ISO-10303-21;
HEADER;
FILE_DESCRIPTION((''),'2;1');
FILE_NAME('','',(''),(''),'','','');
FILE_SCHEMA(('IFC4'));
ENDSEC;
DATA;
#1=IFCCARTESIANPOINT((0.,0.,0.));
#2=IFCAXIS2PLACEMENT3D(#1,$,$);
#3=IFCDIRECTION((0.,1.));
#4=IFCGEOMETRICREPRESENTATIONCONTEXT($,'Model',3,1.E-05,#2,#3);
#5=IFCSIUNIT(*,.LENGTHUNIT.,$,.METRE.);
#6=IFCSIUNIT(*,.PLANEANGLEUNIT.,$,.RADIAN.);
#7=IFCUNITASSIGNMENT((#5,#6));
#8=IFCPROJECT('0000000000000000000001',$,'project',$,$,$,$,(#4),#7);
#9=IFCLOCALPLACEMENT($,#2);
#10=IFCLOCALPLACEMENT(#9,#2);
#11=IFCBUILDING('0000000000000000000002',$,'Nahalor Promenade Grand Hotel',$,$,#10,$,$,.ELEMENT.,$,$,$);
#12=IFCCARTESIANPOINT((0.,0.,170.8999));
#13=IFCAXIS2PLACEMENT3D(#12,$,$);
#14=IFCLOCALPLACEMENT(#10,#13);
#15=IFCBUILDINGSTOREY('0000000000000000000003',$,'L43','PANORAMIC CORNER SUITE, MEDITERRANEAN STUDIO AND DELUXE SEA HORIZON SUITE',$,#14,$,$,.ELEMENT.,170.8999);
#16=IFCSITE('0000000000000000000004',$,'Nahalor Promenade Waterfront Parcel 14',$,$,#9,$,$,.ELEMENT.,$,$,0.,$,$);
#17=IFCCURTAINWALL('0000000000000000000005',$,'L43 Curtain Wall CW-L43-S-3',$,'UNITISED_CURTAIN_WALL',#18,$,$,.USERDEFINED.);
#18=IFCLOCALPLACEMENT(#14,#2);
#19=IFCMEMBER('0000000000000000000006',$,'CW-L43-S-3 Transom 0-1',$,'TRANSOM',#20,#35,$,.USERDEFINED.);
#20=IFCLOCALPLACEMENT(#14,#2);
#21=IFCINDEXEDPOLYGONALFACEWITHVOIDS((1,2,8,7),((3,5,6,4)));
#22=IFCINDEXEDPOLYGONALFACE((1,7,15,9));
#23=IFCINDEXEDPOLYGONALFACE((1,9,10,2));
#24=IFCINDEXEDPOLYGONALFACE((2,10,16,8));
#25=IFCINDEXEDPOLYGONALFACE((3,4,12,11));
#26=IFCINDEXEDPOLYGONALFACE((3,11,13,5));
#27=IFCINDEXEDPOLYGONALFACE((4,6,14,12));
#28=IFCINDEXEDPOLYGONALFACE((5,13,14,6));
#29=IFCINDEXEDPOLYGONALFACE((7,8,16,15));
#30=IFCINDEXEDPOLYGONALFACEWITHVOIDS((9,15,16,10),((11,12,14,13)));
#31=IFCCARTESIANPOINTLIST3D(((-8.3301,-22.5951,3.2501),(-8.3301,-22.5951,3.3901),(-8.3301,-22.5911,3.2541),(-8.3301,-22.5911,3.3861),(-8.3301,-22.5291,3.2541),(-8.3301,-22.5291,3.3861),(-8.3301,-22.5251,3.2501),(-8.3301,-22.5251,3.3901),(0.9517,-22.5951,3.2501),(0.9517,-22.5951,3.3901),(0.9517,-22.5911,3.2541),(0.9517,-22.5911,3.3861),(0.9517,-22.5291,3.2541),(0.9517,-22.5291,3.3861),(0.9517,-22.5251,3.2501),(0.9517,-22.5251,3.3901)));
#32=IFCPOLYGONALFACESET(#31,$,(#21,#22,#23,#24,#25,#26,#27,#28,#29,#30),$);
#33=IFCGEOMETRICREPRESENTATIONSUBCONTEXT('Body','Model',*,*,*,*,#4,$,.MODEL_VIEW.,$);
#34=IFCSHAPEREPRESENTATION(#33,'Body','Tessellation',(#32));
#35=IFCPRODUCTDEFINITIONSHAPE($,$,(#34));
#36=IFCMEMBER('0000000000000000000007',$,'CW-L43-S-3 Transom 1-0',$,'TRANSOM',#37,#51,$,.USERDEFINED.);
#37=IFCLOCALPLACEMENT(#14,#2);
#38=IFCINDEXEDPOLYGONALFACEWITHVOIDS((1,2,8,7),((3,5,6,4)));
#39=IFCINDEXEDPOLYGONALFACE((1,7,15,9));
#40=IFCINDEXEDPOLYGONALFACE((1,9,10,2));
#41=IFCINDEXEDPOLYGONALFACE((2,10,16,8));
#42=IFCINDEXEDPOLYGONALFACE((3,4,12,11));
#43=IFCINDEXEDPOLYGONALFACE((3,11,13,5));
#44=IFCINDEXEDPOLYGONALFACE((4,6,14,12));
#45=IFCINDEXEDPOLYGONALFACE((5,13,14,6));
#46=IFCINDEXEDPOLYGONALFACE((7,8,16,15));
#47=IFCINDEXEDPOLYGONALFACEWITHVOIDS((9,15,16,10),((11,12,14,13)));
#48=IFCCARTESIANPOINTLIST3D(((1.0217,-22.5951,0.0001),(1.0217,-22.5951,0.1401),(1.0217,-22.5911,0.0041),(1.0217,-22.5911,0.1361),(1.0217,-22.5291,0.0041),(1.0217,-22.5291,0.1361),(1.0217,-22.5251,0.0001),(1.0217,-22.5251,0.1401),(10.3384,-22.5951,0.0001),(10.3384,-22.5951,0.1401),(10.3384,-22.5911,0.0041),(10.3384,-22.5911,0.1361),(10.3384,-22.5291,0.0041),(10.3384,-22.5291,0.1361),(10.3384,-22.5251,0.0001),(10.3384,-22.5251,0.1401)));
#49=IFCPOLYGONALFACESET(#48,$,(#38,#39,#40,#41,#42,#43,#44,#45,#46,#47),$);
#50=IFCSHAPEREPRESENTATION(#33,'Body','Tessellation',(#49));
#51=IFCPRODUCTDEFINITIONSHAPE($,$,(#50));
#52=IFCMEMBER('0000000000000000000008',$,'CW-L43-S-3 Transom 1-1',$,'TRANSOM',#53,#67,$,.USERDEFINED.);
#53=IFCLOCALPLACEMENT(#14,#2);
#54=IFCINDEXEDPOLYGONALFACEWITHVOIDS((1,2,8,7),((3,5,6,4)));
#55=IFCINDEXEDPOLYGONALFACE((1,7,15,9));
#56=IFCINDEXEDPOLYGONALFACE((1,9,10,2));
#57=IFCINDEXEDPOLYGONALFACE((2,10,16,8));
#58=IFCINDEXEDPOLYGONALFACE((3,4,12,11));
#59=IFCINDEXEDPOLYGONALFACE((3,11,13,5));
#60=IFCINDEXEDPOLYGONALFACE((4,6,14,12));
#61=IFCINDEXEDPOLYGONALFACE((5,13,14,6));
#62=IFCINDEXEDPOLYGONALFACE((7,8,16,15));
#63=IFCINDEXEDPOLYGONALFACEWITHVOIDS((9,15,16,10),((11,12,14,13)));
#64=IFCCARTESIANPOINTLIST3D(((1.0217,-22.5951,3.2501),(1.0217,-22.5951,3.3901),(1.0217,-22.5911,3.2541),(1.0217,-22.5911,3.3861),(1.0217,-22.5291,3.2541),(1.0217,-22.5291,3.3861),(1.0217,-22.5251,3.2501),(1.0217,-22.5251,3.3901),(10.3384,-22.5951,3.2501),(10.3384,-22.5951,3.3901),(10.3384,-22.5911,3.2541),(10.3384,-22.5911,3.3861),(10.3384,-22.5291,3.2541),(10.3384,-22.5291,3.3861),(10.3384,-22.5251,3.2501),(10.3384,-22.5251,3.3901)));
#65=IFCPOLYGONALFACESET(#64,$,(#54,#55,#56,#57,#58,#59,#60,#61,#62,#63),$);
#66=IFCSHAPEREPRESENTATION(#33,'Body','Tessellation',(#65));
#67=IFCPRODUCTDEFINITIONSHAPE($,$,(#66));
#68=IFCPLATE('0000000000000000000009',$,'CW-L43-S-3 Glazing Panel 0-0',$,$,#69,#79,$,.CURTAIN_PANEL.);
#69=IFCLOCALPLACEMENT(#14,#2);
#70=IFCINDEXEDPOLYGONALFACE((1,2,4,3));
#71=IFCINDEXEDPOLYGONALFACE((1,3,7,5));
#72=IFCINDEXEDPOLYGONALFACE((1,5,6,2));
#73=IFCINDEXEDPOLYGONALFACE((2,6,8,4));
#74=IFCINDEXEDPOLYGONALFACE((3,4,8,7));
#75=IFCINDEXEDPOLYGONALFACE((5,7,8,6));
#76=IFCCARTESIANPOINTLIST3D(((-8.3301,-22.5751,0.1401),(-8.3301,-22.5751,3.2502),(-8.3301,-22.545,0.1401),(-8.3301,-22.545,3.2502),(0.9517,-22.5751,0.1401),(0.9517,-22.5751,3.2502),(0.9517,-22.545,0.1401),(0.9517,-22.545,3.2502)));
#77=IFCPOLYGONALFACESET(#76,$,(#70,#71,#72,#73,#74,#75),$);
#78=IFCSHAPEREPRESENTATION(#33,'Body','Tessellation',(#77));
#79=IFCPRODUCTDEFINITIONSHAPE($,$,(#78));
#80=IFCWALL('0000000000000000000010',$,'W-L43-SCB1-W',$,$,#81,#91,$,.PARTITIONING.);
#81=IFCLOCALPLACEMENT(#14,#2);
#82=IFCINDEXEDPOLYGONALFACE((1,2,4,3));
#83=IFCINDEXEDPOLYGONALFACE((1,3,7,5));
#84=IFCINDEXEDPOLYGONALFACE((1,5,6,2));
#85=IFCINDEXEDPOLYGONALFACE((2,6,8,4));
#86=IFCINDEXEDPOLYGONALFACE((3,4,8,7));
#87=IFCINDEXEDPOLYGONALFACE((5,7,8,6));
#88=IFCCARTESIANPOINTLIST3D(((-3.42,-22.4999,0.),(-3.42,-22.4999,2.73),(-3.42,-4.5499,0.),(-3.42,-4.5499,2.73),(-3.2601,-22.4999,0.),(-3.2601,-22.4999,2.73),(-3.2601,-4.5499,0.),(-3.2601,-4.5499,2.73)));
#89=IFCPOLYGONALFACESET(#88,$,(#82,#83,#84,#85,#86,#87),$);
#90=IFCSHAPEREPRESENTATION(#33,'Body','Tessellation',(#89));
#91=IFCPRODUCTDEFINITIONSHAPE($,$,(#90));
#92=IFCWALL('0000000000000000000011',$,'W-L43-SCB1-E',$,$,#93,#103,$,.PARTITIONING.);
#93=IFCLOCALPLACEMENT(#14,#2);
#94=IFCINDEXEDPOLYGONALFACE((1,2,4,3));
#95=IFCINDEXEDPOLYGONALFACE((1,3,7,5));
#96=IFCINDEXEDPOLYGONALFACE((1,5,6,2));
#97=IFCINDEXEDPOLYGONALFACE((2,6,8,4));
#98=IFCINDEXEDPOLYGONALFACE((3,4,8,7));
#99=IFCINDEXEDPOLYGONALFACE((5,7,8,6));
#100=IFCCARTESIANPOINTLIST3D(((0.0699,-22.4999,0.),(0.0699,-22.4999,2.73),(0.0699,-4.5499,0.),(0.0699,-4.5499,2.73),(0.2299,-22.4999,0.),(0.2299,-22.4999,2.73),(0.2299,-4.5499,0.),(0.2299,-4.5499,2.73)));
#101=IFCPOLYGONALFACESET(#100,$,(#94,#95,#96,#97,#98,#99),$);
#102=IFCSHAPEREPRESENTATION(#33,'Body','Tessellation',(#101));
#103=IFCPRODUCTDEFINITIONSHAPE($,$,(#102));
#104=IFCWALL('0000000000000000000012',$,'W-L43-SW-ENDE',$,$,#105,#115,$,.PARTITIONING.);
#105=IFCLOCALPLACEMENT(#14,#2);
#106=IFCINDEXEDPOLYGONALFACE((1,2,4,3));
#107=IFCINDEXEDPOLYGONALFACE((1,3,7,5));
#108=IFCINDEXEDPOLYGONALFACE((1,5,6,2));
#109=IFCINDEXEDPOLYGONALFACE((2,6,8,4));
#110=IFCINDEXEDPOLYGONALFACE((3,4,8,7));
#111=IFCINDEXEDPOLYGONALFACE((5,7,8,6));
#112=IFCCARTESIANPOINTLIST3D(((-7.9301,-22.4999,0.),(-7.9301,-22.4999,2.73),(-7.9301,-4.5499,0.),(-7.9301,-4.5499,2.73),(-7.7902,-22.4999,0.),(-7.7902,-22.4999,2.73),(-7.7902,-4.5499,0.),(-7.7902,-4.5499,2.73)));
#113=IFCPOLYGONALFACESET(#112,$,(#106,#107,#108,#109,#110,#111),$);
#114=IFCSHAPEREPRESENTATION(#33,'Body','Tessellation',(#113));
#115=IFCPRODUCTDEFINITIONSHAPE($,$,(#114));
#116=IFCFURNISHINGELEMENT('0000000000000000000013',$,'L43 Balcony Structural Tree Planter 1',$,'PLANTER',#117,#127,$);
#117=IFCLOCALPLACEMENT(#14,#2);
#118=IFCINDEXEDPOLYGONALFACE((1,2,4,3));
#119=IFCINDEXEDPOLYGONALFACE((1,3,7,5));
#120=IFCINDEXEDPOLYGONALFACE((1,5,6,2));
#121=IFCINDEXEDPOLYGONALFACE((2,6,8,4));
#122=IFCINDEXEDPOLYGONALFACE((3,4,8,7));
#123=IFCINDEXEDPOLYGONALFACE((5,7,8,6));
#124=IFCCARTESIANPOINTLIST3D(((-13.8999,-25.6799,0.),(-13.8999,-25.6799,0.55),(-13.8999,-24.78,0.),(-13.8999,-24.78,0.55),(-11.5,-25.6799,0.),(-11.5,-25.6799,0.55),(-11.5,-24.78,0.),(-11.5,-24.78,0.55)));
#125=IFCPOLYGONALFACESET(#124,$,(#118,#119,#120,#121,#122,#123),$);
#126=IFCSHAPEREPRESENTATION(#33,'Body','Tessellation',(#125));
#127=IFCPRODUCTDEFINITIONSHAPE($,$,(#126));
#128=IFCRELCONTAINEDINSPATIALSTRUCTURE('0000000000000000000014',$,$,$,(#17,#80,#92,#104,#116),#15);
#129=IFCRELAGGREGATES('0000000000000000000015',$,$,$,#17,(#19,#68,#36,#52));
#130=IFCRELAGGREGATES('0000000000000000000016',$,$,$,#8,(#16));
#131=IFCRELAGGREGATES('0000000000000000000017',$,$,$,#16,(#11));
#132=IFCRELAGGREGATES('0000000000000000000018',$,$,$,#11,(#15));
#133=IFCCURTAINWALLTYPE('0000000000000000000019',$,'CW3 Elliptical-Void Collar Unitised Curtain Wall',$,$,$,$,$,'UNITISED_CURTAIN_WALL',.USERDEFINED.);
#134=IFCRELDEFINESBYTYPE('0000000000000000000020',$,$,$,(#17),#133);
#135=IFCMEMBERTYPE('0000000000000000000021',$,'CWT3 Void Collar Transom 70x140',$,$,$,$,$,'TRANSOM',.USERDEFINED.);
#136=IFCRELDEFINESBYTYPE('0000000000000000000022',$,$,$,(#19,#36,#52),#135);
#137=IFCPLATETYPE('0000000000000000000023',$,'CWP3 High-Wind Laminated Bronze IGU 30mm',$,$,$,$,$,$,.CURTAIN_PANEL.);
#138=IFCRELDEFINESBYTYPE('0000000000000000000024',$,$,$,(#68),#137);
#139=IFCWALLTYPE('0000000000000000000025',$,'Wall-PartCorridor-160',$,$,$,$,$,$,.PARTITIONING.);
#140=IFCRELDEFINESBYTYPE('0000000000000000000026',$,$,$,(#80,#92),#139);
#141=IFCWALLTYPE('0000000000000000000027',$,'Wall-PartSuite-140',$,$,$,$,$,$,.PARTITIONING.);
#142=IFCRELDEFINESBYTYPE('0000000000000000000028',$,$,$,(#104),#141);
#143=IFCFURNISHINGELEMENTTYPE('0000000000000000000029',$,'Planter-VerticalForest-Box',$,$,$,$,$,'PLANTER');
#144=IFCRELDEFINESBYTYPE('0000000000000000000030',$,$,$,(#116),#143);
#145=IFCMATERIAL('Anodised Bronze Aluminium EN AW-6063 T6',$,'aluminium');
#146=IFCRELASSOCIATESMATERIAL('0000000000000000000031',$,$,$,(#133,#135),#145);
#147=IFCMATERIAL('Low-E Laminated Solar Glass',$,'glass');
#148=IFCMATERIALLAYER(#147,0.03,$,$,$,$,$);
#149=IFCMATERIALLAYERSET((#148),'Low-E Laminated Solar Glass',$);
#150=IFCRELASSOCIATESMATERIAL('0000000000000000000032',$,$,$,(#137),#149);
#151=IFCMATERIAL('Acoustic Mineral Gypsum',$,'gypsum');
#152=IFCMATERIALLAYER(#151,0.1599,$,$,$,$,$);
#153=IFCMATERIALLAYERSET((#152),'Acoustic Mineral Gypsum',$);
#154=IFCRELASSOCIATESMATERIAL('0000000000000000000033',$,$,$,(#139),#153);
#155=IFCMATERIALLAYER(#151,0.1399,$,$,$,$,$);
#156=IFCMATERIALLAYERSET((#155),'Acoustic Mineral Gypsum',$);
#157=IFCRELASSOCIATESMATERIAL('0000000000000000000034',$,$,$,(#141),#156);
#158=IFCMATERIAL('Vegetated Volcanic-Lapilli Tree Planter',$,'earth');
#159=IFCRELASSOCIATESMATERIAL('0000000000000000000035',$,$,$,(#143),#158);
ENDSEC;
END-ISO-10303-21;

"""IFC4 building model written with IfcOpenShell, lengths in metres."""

from ifc_helpers import new_model, si_unit, direction, frame, frame_2d, origin, origin_2d, place, context, subcontext, project, spatial, rectangle, hollow_rectangle, extrude, source, transform, mapped, material, layer, layer_set, material_profile, profile_set, type_object, element, aggregate, save


model = new_model("IFC4")

# Units and contexts
model_context = context("Model", 3, precision=1e-05, world=origin(), true_north=direction((0.0, 1.0)))
body_context = subcontext(model_context, "Body", "Model", "MODEL_VIEW")
ifc_project = project(units=[si_unit("LENGTHUNIT", "METRE"), si_unit("PLANEANGLEUNIT", "RADIAN")], contexts=[model_context])

# Site, building, storey
site_placement = place(None, origin())
site = spatial("IfcSite", under=ifc_project, at=site_placement, Name="Nahalor Promenade Waterfront Parcel 14", CompositionType="ELEMENT", RefElevation=0.0)
building_placement = place(site_placement, origin())
building = spatial("IfcBuilding", under=site, at=building_placement, Name="Nahalor Promenade Grand Hotel", CompositionType="ELEMENT")
storey_placement = place(building_placement, frame((0.0, 0.0, 170.8999)))
storey = spatial("IfcBuildingStorey", under=building, at=storey_placement, Name="L43", Description="PANORAMIC CORNER SUITE, MEDITERRANEAN STUDIO AND DELUXE SEA HORIZON SUITE", CompositionType="ELEMENT", Elevation=170.8999)

# Curtain wall, members, plate
ifc_material_1 = material(Name="Anodised Bronze Aluminium EN AW-6063 T6", Category="aluminium")
curtain_wall_type = type_object("IfcCurtainWallType", Name="CW3 Elliptical-Void Collar Unitised Curtain Wall", ElementType="UNITISED_CURTAIN_WALL", PredefinedType="USERDEFINED", material=ifc_material_1)
curtain_wall_placement = place(storey_placement, origin())
curtain_wall = element("IfcCurtainWall", 1, at=curtain_wall_placement, inside=storey, type_object=curtain_wall_type, Name="L43 Curtain Wall CW-L43-S-3", ObjectType="UNITISED_CURTAIN_WALL", PredefinedType="USERDEFINED")
ifc_material_profile_1 = material_profile(ifc_material_1, hollow_rectangle(XDim=0.07, YDim=0.14, WallThickness=0.004, at=origin_2d()), Name="CWT 70x140x4")
ifc_profile_set_1 = profile_set([ifc_material_profile_1], Name="Anodised Bronze Aluminium EN AW-6063 T6")
member_type_1 = type_object("IfcMemberType", Name="CWT3 Void Collar Transom 70x140", ElementType="TRANSOM", PredefinedType="USERDEFINED", material=ifc_profile_set_1)
shared_shape_1 = source(origin(), body_context, "Body", "SweptSolid", [
    extrude(hollow_rectangle(XDim=0.07, YDim=0.14, WallThickness=0.004, at=origin_2d()), origin(), (0.0, 0.0, 1.0), 9.2817),
])
member_1_placement = place(storey_placement, frame((-8.3301, -22.5601, 3.3201), z_axis=(1.0, 0.0, 0.0), x_axis=(0.0, 1.0, 0.0)))
member_1 = element("IfcMember", 2, at=member_1_placement, type_object=member_type_1, Name="CW-L43-S-3 Transom 0-1", ObjectType="TRANSOM", PredefinedType="USERDEFINED", context=body_context, shape_type="MappedRepresentation", body=[
    mapped(shared_shape_1, transform((0.0, 0.0, 0.0), scale=1.0)),
])
shared_shape_2 = source(origin(), body_context, "Body", "SweptSolid", [
    extrude(hollow_rectangle(XDim=0.07, YDim=0.14, WallThickness=0.004, at=origin_2d()), origin(), (0.0, 0.0, 1.0), 9.3167),
])
member_2_placement = place(storey_placement, frame((1.0217, -22.5601, 0.0701), z_axis=(1.0, 0.0, 0.0), x_axis=(0.0, 1.0, 0.0)))
member_2 = element("IfcMember", 3, at=member_2_placement, type_object=member_type_1, Name="CW-L43-S-3 Transom 1-0", ObjectType="TRANSOM", PredefinedType="USERDEFINED", context=body_context, shape_type="MappedRepresentation", body=[
    mapped(shared_shape_2, transform((0.0, 0.0, 0.0), scale=1.0)),
])
member_3_placement = place(storey_placement, frame((1.0217, -22.5601, 3.3201), z_axis=(1.0, 0.0, 0.0), x_axis=(0.0, 1.0, 0.0)))
member_3 = element("IfcMember", 4, at=member_3_placement, type_object=member_type_1, Name="CW-L43-S-3 Transom 1-1", ObjectType="TRANSOM", PredefinedType="USERDEFINED", context=body_context, shape_type="MappedRepresentation", body=[
    mapped(shared_shape_2, transform((0.0, 0.0, 0.0), scale=1.0)),
])
ifc_material_2 = material(Name="Low-E Laminated Solar Glass", Category="glass")
ifc_layer_1 = layer(ifc_material_2, 0.03)
ifc_layer_set_1 = layer_set([ifc_layer_1], Name="Low-E Laminated Solar Glass")
plate_type = type_object("IfcPlateType", Name="CWP3 High-Wind Laminated Bronze IGU 30mm", PredefinedType="CURTAIN_PANEL", material=ifc_layer_set_1)
shared_shape_3 = source(origin(), body_context, "Body", "SweptSolid", [
    extrude(rectangle(XDim=9.2817, YDim=0.03, at=origin_2d()), origin(), (0.0, 0.0, 1.0), 3.1101),
])
plate_placement = place(storey_placement, frame((-3.6892, -22.5601, 0.1401), z_axis=(0.0, 0.0, 1.0), x_axis=(1.0, 0.0, 0.0)))
plate = element("IfcPlate", 5, at=plate_placement, type_object=plate_type, Name="CW-L43-S-3 Glazing Panel 0-0", PredefinedType="CURTAIN_PANEL", context=body_context, shape_type="MappedRepresentation", body=[
    mapped(shared_shape_3, transform((0.0, 0.0, 0.0), scale=1.0)),
])
aggregate(curtain_wall, [member_1, plate, member_2, member_3])

# Walls
ifc_material_3 = material(Name="Acoustic Mineral Gypsum", Category="gypsum")
ifc_layer_2 = layer(ifc_material_3, 0.1599)
ifc_layer_set_2 = layer_set([ifc_layer_2], Name="Acoustic Mineral Gypsum")
wall_type_1 = type_object("IfcWallType", Name="Wall-PartCorridor-160", PredefinedType="PARTITIONING", material=ifc_layer_set_2)
shared_shape_4 = source(origin(), body_context, "Body", "SweptSolid", [
    extrude(rectangle(XDim=17.95, YDim=0.1599, at=frame_2d((8.9751, 0.0))), origin(), (0.0, 0.0, 1.0), 2.73),
])
for number, where, z_axis, x_axis, name in (
    (6, (-3.3401, -22.5, 0.0), (0.0, 0.0, 1.0), (0.0, 1.0, 0.0), "W-L43-SCB1-W"),
    (7, (0.1499, -22.5, 0.0), (0.0, 0.0, 1.0), (0.0, 1.0, 0.0), "W-L43-SCB1-E"),
):
    element("IfcWall", number, at=place(storey_placement, frame(where, z_axis=z_axis, x_axis=x_axis)), inside=storey, type_object=wall_type_1, Name=name, PredefinedType="PARTITIONING", context=body_context, shape_type="MappedRepresentation", body=[
        mapped(shared_shape_4, transform((0.0, 0.0, 0.0), scale=1.0)),
    ])
ifc_layer_3 = layer(ifc_material_3, 0.1399)
ifc_layer_set_3 = layer_set([ifc_layer_3], Name="Acoustic Mineral Gypsum")
wall_type_2 = type_object("IfcWallType", Name="Wall-PartSuite-140", PredefinedType="PARTITIONING", material=ifc_layer_set_3)
shared_shape_5 = source(origin(), body_context, "Body", "SweptSolid", [
    extrude(rectangle(XDim=17.95, YDim=0.1399, at=frame_2d((8.9751, 0.0))), origin(), (0.0, 0.0, 1.0), 2.73),
])
wall_placement = place(storey_placement, frame((-7.8601, -22.5, 0.0), z_axis=(0.0, 0.0, 1.0), x_axis=(0.0, 1.0, 0.0)))
element("IfcWall", 8, at=wall_placement, inside=storey, type_object=wall_type_2, Name="W-L43-SW-ENDE", PredefinedType="PARTITIONING", context=body_context, shape_type="MappedRepresentation", body=[
    mapped(shared_shape_5, transform((0.0, 0.0, 0.0), scale=1.0)),
])

# Furnishing element
ifc_material_4 = material(Name="Vegetated Volcanic-Lapilli Tree Planter", Category="earth")
furnishing_element_type = type_object("IfcFurnishingElementType", Name="Planter-VerticalForest-Box", ElementType="PLANTER", material=ifc_material_4)
shared_shape_6 = source(origin(), body_context, "Body", "SweptSolid", [
    extrude(rectangle(XDim=2.3999, YDim=0.8999, at=origin_2d()), origin(), (0.0, 0.0, 1.0), 0.55),
])
furnishing_placement = place(storey_placement, frame((-12.7, -25.23, 0.0), z_axis=(0.0, 0.0, 1.0), x_axis=(1.0, 0.0, 0.0)))
element("IfcFurnishingElement", 9, at=furnishing_placement, inside=storey, type_object=furnishing_element_type, Name="L43 Balcony Structural Tree Planter 1", ObjectType="PLANTER", context=body_context, shape_type="MappedRepresentation", body=[
    mapped(shared_shape_6, transform((0.0, 0.0, 0.0), scale=1.0)),
])

save(model, "model.ifc")
